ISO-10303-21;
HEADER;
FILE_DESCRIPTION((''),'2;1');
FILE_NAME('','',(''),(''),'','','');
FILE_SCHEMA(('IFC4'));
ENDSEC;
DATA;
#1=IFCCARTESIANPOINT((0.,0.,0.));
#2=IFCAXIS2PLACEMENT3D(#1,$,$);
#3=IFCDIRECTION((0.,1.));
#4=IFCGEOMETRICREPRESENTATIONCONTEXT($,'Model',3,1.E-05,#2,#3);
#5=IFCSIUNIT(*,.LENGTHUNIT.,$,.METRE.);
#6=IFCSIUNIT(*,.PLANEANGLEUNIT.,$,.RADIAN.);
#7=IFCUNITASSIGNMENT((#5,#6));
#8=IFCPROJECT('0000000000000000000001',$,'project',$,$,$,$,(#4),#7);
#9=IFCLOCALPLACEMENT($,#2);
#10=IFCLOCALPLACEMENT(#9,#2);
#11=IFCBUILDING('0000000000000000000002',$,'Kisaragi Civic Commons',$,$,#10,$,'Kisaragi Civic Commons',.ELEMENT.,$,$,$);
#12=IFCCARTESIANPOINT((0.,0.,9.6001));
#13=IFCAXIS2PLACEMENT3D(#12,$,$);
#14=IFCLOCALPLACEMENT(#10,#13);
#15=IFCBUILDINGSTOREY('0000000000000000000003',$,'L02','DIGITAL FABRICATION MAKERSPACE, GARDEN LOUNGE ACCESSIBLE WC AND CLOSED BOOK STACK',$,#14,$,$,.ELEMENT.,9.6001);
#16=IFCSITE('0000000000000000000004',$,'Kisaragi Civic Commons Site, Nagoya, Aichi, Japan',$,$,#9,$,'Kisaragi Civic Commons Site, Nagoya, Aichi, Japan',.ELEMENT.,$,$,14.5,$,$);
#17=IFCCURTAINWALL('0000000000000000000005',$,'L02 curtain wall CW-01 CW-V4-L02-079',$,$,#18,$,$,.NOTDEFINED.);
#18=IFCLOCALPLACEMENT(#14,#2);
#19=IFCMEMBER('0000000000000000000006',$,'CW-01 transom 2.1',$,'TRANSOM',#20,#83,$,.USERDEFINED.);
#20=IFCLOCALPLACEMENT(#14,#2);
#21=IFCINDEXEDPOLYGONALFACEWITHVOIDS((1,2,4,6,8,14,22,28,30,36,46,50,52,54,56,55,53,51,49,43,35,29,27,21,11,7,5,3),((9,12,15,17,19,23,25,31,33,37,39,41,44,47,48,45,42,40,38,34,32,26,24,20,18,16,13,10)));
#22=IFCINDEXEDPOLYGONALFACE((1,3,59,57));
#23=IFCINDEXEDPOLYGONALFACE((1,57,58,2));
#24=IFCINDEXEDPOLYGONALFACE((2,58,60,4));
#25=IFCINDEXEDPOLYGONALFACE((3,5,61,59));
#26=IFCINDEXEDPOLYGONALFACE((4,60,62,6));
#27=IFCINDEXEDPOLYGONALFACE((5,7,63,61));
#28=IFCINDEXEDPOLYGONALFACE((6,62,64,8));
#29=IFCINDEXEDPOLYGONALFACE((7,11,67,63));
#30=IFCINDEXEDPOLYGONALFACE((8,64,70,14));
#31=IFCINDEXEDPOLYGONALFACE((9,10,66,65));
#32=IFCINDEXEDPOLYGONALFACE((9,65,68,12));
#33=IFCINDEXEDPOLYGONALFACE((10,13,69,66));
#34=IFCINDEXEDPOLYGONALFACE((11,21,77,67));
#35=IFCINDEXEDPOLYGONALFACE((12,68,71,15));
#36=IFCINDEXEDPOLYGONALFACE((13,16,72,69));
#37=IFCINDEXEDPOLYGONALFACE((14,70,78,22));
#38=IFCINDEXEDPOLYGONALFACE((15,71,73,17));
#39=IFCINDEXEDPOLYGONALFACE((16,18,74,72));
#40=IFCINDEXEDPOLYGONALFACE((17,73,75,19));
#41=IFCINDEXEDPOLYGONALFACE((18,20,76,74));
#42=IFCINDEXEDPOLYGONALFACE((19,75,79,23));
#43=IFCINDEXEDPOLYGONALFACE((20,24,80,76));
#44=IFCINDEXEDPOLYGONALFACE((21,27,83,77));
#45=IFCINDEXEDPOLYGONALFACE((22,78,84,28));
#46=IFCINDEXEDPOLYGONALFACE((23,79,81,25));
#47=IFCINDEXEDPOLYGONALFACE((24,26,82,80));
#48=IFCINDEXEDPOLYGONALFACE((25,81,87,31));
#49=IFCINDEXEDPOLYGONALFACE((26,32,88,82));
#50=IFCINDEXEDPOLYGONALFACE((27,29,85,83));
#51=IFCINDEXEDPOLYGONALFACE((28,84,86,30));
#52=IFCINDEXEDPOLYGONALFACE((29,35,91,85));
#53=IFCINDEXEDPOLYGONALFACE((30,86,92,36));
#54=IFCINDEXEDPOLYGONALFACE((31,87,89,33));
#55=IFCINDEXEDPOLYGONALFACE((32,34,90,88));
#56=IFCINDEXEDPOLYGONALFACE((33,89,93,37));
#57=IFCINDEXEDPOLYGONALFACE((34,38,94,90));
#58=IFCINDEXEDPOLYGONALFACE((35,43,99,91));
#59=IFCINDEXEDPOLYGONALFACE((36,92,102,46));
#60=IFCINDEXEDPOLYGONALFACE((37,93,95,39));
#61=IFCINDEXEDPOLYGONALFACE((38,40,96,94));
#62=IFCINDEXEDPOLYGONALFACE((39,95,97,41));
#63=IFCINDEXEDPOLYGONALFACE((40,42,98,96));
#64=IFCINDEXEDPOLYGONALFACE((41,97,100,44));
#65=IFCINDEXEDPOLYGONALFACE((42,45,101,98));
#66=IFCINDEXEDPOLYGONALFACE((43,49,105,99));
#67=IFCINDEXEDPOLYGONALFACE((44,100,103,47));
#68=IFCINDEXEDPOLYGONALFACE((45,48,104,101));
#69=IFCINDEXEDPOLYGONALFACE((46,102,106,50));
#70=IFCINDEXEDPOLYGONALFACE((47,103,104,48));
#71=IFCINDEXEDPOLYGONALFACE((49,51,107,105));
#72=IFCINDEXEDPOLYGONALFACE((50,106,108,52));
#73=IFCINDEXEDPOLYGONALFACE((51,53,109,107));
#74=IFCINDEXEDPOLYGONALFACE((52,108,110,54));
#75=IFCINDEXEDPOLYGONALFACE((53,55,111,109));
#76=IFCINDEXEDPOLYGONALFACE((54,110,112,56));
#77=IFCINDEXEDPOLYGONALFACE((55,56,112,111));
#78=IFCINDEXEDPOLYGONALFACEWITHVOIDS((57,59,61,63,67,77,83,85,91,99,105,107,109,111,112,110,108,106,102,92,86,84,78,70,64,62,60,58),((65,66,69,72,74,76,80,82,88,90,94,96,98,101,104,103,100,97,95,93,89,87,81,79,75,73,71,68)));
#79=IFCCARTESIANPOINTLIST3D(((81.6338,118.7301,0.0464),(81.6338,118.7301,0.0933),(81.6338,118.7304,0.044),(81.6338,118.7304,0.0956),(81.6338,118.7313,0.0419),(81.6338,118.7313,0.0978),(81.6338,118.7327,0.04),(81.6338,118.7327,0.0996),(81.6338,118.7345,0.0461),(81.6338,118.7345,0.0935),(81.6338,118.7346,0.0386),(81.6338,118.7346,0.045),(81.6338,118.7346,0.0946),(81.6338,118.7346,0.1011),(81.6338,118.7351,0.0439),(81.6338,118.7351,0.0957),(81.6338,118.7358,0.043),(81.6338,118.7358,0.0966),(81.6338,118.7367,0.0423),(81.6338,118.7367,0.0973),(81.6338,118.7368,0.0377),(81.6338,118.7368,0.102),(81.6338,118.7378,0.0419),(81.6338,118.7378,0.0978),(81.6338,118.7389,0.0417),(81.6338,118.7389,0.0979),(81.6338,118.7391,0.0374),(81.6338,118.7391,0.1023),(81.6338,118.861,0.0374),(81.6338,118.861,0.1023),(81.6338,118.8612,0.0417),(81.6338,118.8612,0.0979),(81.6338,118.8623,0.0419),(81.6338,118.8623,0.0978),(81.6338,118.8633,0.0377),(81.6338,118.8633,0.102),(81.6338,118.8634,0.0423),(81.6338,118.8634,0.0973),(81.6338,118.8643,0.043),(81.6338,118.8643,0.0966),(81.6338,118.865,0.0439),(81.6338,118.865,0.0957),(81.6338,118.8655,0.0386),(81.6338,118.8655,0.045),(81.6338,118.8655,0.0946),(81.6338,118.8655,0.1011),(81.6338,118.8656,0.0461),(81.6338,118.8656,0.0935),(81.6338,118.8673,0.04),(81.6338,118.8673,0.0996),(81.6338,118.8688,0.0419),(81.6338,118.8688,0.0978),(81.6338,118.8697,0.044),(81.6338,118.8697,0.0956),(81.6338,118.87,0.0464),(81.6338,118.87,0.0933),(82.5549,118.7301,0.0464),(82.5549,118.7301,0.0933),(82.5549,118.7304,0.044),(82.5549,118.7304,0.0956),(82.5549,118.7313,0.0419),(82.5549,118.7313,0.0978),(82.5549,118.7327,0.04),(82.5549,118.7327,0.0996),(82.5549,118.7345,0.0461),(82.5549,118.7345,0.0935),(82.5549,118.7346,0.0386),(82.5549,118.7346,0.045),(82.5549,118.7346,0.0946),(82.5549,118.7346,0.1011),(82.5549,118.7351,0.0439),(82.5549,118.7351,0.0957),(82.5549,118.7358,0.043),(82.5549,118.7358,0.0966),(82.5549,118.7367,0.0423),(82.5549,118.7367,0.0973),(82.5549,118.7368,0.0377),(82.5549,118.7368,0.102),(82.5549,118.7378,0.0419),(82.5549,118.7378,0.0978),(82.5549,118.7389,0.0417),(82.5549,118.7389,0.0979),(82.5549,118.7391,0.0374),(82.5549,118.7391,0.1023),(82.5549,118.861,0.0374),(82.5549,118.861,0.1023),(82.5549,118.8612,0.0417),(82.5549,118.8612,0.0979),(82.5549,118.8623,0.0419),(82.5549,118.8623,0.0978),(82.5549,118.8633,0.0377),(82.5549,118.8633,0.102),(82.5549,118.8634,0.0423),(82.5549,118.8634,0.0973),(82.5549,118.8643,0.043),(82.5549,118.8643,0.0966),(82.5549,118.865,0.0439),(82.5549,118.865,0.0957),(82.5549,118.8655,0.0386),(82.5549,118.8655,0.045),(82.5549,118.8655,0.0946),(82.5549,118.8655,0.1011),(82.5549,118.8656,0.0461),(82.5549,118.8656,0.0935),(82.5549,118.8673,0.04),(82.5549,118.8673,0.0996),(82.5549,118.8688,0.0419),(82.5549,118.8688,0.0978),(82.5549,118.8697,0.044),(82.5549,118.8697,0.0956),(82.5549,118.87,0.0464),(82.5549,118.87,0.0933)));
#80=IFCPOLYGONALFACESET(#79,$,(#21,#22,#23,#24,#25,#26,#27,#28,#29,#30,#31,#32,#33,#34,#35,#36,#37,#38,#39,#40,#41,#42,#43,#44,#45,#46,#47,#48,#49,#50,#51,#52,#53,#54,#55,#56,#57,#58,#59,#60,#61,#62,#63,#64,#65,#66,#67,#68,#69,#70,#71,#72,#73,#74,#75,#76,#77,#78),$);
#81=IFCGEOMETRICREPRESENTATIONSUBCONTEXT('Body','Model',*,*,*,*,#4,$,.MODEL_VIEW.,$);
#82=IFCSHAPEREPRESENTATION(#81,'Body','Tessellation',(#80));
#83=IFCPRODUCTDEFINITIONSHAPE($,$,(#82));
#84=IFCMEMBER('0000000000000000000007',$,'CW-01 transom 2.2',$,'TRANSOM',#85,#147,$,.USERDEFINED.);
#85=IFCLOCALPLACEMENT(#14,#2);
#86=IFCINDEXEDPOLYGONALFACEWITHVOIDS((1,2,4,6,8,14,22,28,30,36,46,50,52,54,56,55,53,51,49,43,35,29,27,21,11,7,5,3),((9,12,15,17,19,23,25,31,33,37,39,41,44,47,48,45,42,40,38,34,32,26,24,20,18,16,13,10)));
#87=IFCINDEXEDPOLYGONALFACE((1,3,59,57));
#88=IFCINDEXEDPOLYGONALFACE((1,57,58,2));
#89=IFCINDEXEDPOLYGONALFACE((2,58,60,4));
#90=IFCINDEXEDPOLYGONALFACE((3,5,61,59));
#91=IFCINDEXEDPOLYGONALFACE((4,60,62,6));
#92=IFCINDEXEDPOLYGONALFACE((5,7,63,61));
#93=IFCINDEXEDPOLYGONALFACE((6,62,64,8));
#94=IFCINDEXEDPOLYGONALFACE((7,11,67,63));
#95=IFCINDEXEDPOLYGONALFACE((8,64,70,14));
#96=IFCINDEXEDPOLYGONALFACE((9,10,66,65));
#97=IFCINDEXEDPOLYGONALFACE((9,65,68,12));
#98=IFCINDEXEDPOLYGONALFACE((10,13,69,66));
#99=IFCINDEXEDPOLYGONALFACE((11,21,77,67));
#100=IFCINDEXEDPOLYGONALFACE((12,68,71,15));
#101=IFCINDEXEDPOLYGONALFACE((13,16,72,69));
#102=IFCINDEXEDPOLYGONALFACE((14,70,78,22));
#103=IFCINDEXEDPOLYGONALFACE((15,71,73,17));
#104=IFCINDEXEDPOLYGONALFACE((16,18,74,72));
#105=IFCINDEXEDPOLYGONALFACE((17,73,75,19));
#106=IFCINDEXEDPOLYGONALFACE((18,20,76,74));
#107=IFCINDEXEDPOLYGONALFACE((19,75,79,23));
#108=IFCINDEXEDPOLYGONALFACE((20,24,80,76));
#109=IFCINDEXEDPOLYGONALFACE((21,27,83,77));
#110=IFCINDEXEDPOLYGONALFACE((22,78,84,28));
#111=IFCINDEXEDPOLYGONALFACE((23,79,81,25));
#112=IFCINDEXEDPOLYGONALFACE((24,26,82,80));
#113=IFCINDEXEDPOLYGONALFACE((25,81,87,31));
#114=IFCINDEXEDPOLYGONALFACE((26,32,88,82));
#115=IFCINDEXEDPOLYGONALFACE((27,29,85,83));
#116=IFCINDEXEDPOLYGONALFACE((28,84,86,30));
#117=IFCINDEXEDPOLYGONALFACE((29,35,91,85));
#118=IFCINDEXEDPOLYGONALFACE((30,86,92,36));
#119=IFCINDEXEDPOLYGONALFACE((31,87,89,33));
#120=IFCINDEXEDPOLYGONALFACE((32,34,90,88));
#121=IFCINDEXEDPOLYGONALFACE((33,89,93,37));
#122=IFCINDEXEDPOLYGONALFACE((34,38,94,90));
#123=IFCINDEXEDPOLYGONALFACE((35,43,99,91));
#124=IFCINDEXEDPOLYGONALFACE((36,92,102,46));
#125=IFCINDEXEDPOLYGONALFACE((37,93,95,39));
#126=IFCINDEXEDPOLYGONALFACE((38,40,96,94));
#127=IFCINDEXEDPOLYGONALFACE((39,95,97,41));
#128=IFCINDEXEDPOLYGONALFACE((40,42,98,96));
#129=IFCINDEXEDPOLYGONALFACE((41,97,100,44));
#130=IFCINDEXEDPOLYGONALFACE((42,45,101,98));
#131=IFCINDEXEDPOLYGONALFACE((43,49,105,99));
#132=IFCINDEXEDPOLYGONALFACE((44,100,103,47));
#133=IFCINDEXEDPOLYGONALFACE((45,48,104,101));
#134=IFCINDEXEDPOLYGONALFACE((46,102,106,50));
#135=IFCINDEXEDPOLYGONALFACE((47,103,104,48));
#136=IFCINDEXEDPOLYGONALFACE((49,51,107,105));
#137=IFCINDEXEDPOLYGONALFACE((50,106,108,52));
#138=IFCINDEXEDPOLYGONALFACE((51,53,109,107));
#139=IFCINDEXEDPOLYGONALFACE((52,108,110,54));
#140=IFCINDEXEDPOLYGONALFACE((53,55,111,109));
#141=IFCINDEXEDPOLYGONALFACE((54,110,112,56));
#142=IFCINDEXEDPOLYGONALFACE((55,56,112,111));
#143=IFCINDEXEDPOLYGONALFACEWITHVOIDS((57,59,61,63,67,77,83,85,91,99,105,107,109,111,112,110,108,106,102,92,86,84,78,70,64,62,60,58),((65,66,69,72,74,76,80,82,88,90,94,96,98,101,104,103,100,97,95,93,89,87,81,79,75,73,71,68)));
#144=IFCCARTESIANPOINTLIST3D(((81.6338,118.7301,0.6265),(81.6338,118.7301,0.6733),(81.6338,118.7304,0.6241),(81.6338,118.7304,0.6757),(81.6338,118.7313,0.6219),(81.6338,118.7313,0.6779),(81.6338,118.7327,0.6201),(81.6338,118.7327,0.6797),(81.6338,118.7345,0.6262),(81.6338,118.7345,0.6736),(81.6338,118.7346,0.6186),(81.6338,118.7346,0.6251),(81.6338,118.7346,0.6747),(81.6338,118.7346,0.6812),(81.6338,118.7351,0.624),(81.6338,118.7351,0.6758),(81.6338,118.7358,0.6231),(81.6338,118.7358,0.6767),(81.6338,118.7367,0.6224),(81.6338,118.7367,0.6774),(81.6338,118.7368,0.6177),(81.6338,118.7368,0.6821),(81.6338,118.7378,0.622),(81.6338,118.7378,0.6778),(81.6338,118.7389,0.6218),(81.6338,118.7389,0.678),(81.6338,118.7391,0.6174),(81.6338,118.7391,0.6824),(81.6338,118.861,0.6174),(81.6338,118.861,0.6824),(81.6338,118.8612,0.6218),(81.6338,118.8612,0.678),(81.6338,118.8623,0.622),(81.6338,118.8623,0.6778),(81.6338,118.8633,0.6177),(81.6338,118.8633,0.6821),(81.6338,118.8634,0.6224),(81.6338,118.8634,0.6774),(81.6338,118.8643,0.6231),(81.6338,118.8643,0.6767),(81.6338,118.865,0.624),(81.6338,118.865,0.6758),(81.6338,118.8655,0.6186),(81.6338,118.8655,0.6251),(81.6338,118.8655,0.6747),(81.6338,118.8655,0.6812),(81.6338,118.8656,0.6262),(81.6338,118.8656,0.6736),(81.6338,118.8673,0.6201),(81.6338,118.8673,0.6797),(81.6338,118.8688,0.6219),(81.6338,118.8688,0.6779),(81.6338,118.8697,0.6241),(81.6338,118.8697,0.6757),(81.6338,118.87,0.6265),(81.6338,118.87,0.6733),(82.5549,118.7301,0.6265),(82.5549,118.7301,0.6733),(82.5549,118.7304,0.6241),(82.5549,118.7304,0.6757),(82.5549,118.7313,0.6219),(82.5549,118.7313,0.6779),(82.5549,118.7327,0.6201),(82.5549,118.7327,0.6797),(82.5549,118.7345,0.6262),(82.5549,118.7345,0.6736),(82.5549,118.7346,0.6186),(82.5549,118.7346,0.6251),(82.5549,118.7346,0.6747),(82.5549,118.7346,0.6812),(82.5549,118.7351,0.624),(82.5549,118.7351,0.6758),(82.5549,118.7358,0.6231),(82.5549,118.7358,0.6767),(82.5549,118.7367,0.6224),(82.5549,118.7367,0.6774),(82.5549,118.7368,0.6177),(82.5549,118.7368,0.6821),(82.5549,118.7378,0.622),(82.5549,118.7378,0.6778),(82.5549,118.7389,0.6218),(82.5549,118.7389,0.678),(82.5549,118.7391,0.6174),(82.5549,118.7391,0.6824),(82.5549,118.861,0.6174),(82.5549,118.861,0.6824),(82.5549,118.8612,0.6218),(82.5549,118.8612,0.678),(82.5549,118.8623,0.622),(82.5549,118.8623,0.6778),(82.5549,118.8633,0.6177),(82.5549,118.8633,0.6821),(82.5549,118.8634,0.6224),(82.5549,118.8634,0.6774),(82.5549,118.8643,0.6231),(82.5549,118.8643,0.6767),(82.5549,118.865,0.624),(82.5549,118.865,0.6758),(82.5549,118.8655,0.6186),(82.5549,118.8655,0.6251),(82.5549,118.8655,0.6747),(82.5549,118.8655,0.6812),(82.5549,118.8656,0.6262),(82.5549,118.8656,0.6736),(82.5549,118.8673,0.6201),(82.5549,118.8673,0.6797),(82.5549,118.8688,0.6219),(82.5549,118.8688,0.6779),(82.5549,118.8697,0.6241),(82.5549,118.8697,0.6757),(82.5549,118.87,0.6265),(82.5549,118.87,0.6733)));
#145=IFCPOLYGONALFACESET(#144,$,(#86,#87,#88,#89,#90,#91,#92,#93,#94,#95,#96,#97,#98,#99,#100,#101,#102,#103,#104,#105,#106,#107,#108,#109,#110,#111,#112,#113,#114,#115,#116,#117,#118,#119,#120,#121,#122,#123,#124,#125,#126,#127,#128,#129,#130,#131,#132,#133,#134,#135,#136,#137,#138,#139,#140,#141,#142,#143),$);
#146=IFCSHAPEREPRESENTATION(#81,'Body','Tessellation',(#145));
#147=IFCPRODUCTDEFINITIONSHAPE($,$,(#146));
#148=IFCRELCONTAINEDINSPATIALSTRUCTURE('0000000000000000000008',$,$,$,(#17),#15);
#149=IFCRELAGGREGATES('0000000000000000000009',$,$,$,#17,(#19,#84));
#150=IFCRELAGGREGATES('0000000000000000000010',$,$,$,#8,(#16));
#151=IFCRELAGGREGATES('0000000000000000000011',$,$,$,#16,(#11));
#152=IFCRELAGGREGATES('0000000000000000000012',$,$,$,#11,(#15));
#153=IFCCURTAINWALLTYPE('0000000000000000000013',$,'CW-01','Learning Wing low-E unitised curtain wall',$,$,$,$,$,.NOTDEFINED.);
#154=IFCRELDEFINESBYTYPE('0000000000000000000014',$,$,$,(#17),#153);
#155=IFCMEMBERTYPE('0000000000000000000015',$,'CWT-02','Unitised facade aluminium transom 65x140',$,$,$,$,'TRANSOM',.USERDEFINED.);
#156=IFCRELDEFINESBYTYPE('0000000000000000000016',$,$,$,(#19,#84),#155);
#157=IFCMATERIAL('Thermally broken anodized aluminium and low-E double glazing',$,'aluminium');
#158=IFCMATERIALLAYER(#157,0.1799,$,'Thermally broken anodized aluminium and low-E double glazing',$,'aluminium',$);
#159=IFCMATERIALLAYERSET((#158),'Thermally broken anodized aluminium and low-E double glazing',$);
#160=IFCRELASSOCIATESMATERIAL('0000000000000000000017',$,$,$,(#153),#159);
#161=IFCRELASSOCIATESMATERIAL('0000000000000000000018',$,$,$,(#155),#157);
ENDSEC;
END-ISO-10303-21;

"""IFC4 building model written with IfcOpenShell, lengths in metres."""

from ifc_helpers import new_model, si_unit, direction, frame, origin, origin_2d, place, context, subcontext, project, spatial, hollow_rectangle, extrude, material, layer, layer_set, material_profile, profile_set, type_object, element, aggregate, save


model = new_model("IFC4")

# Units and contexts
model_context = context("Model", 3, precision=1e-05, world=origin(), true_north=direction((0.0, 1.0)))
body_context = subcontext(model_context, "Body", "Model", "MODEL_VIEW")
ifc_project = project(units=[si_unit("LENGTHUNIT", "METRE"), si_unit("PLANEANGLEUNIT", "RADIAN")], contexts=[model_context])

# Site, building, storey
site_placement = place(None, origin())
site = spatial("IfcSite", under=ifc_project, at=site_placement, Name="Kisaragi Civic Commons Site, Nagoya, Aichi, Japan", LongName="Kisaragi Civic Commons Site, Nagoya, Aichi, Japan", CompositionType="ELEMENT", RefElevation=14.5)
building_placement = place(site_placement, origin())
building = spatial("IfcBuilding", under=site, at=building_placement, Name="Kisaragi Civic Commons", LongName="Kisaragi Civic Commons", CompositionType="ELEMENT")
storey_placement = place(building_placement, frame((0.0, 0.0, 9.6001)))
storey = spatial("IfcBuildingStorey", under=building, at=storey_placement, Name="L02", Description="DIGITAL FABRICATION MAKERSPACE, GARDEN LOUNGE ACCESSIBLE WC AND CLOSED BOOK STACK", CompositionType="ELEMENT", Elevation=9.6001)

# Curtain wall, members
ifc_material_1 = material(Name="Thermally broken anodized aluminium and low-E double glazing", Category="aluminium")
ifc_layer_1 = layer(ifc_material_1, 0.1799, Name="Thermally broken anodized aluminium and low-E double glazing", Category="aluminium")
ifc_layer_set_1 = layer_set([ifc_layer_1], Name="Thermally broken anodized aluminium and low-E double glazing")
curtain_wall_type = type_object("IfcCurtainWallType", Name="CW-01", Description="Learning Wing low-E unitised curtain wall", PredefinedType="NOTDEFINED", material=ifc_layer_set_1)
curtain_wall_placement = place(storey_placement, origin())
curtain_wall = element("IfcCurtainWall", 1, at=curtain_wall_placement, inside=storey, type_object=curtain_wall_type, Name="L02 curtain wall CW-01 CW-V4-L02-079", PredefinedType="NOTDEFINED")
ifc_material_profile_1 = material_profile(ifc_material_1, hollow_rectangle(XDim=0.1399, YDim=0.0649, WallThickness=0.0044, InnerFilletRadius=0.0044, OuterFilletRadius=0.009, at=origin_2d()), Name="CWT-65x140x4.5", Category="aluminium")
ifc_profile_set_1 = profile_set([ifc_material_profile_1], Name="Thermally broken anodized aluminium and low-E double glazing")
member_type_1 = type_object("IfcMemberType", Name="CWT-02", Description="Unitised facade aluminium transom 65x140", ElementType="TRANSOM", PredefinedType="USERDEFINED", material=ifc_profile_set_1)
member_1_placement = place(storey_placement, frame((81.6338, 118.8, 0.0698), z_axis=(1.0, 0.0, 0.0), x_axis=(0.0, 1.0, 0.0)))
member_1 = element("IfcMember", 2, at=member_1_placement, type_object=member_type_1, Name="CW-01 transom 2.1", ObjectType="TRANSOM", PredefinedType="USERDEFINED", context=body_context, shape_type="SweptSolid", body=[
    extrude(hollow_rectangle(XDim=0.1399, YDim=0.0649, WallThickness=0.0044, InnerFilletRadius=0.0044, OuterFilletRadius=0.009, at=origin_2d()), origin(), (0.0, 0.0, 1.0), 0.9211),
])
member_2_placement = place(storey_placement, frame((81.6338, 118.8, 0.6499), z_axis=(1.0, 0.0, 0.0), x_axis=(0.0, 1.0, 0.0)))
member_2 = element("IfcMember", 3, at=member_2_placement, type_object=member_type_1, Name="CW-01 transom 2.2", ObjectType="TRANSOM", PredefinedType="USERDEFINED", context=body_context, shape_type="SweptSolid", body=[
    extrude(hollow_rectangle(XDim=0.1399, YDim=0.0649, WallThickness=0.0044, InnerFilletRadius=0.0044, OuterFilletRadius=0.009, at=origin_2d()), origin(), (0.0, 0.0, 1.0), 0.9211),
])
aggregate(curtain_wall, [member_1, member_2])

save(model, "model.ifc")
